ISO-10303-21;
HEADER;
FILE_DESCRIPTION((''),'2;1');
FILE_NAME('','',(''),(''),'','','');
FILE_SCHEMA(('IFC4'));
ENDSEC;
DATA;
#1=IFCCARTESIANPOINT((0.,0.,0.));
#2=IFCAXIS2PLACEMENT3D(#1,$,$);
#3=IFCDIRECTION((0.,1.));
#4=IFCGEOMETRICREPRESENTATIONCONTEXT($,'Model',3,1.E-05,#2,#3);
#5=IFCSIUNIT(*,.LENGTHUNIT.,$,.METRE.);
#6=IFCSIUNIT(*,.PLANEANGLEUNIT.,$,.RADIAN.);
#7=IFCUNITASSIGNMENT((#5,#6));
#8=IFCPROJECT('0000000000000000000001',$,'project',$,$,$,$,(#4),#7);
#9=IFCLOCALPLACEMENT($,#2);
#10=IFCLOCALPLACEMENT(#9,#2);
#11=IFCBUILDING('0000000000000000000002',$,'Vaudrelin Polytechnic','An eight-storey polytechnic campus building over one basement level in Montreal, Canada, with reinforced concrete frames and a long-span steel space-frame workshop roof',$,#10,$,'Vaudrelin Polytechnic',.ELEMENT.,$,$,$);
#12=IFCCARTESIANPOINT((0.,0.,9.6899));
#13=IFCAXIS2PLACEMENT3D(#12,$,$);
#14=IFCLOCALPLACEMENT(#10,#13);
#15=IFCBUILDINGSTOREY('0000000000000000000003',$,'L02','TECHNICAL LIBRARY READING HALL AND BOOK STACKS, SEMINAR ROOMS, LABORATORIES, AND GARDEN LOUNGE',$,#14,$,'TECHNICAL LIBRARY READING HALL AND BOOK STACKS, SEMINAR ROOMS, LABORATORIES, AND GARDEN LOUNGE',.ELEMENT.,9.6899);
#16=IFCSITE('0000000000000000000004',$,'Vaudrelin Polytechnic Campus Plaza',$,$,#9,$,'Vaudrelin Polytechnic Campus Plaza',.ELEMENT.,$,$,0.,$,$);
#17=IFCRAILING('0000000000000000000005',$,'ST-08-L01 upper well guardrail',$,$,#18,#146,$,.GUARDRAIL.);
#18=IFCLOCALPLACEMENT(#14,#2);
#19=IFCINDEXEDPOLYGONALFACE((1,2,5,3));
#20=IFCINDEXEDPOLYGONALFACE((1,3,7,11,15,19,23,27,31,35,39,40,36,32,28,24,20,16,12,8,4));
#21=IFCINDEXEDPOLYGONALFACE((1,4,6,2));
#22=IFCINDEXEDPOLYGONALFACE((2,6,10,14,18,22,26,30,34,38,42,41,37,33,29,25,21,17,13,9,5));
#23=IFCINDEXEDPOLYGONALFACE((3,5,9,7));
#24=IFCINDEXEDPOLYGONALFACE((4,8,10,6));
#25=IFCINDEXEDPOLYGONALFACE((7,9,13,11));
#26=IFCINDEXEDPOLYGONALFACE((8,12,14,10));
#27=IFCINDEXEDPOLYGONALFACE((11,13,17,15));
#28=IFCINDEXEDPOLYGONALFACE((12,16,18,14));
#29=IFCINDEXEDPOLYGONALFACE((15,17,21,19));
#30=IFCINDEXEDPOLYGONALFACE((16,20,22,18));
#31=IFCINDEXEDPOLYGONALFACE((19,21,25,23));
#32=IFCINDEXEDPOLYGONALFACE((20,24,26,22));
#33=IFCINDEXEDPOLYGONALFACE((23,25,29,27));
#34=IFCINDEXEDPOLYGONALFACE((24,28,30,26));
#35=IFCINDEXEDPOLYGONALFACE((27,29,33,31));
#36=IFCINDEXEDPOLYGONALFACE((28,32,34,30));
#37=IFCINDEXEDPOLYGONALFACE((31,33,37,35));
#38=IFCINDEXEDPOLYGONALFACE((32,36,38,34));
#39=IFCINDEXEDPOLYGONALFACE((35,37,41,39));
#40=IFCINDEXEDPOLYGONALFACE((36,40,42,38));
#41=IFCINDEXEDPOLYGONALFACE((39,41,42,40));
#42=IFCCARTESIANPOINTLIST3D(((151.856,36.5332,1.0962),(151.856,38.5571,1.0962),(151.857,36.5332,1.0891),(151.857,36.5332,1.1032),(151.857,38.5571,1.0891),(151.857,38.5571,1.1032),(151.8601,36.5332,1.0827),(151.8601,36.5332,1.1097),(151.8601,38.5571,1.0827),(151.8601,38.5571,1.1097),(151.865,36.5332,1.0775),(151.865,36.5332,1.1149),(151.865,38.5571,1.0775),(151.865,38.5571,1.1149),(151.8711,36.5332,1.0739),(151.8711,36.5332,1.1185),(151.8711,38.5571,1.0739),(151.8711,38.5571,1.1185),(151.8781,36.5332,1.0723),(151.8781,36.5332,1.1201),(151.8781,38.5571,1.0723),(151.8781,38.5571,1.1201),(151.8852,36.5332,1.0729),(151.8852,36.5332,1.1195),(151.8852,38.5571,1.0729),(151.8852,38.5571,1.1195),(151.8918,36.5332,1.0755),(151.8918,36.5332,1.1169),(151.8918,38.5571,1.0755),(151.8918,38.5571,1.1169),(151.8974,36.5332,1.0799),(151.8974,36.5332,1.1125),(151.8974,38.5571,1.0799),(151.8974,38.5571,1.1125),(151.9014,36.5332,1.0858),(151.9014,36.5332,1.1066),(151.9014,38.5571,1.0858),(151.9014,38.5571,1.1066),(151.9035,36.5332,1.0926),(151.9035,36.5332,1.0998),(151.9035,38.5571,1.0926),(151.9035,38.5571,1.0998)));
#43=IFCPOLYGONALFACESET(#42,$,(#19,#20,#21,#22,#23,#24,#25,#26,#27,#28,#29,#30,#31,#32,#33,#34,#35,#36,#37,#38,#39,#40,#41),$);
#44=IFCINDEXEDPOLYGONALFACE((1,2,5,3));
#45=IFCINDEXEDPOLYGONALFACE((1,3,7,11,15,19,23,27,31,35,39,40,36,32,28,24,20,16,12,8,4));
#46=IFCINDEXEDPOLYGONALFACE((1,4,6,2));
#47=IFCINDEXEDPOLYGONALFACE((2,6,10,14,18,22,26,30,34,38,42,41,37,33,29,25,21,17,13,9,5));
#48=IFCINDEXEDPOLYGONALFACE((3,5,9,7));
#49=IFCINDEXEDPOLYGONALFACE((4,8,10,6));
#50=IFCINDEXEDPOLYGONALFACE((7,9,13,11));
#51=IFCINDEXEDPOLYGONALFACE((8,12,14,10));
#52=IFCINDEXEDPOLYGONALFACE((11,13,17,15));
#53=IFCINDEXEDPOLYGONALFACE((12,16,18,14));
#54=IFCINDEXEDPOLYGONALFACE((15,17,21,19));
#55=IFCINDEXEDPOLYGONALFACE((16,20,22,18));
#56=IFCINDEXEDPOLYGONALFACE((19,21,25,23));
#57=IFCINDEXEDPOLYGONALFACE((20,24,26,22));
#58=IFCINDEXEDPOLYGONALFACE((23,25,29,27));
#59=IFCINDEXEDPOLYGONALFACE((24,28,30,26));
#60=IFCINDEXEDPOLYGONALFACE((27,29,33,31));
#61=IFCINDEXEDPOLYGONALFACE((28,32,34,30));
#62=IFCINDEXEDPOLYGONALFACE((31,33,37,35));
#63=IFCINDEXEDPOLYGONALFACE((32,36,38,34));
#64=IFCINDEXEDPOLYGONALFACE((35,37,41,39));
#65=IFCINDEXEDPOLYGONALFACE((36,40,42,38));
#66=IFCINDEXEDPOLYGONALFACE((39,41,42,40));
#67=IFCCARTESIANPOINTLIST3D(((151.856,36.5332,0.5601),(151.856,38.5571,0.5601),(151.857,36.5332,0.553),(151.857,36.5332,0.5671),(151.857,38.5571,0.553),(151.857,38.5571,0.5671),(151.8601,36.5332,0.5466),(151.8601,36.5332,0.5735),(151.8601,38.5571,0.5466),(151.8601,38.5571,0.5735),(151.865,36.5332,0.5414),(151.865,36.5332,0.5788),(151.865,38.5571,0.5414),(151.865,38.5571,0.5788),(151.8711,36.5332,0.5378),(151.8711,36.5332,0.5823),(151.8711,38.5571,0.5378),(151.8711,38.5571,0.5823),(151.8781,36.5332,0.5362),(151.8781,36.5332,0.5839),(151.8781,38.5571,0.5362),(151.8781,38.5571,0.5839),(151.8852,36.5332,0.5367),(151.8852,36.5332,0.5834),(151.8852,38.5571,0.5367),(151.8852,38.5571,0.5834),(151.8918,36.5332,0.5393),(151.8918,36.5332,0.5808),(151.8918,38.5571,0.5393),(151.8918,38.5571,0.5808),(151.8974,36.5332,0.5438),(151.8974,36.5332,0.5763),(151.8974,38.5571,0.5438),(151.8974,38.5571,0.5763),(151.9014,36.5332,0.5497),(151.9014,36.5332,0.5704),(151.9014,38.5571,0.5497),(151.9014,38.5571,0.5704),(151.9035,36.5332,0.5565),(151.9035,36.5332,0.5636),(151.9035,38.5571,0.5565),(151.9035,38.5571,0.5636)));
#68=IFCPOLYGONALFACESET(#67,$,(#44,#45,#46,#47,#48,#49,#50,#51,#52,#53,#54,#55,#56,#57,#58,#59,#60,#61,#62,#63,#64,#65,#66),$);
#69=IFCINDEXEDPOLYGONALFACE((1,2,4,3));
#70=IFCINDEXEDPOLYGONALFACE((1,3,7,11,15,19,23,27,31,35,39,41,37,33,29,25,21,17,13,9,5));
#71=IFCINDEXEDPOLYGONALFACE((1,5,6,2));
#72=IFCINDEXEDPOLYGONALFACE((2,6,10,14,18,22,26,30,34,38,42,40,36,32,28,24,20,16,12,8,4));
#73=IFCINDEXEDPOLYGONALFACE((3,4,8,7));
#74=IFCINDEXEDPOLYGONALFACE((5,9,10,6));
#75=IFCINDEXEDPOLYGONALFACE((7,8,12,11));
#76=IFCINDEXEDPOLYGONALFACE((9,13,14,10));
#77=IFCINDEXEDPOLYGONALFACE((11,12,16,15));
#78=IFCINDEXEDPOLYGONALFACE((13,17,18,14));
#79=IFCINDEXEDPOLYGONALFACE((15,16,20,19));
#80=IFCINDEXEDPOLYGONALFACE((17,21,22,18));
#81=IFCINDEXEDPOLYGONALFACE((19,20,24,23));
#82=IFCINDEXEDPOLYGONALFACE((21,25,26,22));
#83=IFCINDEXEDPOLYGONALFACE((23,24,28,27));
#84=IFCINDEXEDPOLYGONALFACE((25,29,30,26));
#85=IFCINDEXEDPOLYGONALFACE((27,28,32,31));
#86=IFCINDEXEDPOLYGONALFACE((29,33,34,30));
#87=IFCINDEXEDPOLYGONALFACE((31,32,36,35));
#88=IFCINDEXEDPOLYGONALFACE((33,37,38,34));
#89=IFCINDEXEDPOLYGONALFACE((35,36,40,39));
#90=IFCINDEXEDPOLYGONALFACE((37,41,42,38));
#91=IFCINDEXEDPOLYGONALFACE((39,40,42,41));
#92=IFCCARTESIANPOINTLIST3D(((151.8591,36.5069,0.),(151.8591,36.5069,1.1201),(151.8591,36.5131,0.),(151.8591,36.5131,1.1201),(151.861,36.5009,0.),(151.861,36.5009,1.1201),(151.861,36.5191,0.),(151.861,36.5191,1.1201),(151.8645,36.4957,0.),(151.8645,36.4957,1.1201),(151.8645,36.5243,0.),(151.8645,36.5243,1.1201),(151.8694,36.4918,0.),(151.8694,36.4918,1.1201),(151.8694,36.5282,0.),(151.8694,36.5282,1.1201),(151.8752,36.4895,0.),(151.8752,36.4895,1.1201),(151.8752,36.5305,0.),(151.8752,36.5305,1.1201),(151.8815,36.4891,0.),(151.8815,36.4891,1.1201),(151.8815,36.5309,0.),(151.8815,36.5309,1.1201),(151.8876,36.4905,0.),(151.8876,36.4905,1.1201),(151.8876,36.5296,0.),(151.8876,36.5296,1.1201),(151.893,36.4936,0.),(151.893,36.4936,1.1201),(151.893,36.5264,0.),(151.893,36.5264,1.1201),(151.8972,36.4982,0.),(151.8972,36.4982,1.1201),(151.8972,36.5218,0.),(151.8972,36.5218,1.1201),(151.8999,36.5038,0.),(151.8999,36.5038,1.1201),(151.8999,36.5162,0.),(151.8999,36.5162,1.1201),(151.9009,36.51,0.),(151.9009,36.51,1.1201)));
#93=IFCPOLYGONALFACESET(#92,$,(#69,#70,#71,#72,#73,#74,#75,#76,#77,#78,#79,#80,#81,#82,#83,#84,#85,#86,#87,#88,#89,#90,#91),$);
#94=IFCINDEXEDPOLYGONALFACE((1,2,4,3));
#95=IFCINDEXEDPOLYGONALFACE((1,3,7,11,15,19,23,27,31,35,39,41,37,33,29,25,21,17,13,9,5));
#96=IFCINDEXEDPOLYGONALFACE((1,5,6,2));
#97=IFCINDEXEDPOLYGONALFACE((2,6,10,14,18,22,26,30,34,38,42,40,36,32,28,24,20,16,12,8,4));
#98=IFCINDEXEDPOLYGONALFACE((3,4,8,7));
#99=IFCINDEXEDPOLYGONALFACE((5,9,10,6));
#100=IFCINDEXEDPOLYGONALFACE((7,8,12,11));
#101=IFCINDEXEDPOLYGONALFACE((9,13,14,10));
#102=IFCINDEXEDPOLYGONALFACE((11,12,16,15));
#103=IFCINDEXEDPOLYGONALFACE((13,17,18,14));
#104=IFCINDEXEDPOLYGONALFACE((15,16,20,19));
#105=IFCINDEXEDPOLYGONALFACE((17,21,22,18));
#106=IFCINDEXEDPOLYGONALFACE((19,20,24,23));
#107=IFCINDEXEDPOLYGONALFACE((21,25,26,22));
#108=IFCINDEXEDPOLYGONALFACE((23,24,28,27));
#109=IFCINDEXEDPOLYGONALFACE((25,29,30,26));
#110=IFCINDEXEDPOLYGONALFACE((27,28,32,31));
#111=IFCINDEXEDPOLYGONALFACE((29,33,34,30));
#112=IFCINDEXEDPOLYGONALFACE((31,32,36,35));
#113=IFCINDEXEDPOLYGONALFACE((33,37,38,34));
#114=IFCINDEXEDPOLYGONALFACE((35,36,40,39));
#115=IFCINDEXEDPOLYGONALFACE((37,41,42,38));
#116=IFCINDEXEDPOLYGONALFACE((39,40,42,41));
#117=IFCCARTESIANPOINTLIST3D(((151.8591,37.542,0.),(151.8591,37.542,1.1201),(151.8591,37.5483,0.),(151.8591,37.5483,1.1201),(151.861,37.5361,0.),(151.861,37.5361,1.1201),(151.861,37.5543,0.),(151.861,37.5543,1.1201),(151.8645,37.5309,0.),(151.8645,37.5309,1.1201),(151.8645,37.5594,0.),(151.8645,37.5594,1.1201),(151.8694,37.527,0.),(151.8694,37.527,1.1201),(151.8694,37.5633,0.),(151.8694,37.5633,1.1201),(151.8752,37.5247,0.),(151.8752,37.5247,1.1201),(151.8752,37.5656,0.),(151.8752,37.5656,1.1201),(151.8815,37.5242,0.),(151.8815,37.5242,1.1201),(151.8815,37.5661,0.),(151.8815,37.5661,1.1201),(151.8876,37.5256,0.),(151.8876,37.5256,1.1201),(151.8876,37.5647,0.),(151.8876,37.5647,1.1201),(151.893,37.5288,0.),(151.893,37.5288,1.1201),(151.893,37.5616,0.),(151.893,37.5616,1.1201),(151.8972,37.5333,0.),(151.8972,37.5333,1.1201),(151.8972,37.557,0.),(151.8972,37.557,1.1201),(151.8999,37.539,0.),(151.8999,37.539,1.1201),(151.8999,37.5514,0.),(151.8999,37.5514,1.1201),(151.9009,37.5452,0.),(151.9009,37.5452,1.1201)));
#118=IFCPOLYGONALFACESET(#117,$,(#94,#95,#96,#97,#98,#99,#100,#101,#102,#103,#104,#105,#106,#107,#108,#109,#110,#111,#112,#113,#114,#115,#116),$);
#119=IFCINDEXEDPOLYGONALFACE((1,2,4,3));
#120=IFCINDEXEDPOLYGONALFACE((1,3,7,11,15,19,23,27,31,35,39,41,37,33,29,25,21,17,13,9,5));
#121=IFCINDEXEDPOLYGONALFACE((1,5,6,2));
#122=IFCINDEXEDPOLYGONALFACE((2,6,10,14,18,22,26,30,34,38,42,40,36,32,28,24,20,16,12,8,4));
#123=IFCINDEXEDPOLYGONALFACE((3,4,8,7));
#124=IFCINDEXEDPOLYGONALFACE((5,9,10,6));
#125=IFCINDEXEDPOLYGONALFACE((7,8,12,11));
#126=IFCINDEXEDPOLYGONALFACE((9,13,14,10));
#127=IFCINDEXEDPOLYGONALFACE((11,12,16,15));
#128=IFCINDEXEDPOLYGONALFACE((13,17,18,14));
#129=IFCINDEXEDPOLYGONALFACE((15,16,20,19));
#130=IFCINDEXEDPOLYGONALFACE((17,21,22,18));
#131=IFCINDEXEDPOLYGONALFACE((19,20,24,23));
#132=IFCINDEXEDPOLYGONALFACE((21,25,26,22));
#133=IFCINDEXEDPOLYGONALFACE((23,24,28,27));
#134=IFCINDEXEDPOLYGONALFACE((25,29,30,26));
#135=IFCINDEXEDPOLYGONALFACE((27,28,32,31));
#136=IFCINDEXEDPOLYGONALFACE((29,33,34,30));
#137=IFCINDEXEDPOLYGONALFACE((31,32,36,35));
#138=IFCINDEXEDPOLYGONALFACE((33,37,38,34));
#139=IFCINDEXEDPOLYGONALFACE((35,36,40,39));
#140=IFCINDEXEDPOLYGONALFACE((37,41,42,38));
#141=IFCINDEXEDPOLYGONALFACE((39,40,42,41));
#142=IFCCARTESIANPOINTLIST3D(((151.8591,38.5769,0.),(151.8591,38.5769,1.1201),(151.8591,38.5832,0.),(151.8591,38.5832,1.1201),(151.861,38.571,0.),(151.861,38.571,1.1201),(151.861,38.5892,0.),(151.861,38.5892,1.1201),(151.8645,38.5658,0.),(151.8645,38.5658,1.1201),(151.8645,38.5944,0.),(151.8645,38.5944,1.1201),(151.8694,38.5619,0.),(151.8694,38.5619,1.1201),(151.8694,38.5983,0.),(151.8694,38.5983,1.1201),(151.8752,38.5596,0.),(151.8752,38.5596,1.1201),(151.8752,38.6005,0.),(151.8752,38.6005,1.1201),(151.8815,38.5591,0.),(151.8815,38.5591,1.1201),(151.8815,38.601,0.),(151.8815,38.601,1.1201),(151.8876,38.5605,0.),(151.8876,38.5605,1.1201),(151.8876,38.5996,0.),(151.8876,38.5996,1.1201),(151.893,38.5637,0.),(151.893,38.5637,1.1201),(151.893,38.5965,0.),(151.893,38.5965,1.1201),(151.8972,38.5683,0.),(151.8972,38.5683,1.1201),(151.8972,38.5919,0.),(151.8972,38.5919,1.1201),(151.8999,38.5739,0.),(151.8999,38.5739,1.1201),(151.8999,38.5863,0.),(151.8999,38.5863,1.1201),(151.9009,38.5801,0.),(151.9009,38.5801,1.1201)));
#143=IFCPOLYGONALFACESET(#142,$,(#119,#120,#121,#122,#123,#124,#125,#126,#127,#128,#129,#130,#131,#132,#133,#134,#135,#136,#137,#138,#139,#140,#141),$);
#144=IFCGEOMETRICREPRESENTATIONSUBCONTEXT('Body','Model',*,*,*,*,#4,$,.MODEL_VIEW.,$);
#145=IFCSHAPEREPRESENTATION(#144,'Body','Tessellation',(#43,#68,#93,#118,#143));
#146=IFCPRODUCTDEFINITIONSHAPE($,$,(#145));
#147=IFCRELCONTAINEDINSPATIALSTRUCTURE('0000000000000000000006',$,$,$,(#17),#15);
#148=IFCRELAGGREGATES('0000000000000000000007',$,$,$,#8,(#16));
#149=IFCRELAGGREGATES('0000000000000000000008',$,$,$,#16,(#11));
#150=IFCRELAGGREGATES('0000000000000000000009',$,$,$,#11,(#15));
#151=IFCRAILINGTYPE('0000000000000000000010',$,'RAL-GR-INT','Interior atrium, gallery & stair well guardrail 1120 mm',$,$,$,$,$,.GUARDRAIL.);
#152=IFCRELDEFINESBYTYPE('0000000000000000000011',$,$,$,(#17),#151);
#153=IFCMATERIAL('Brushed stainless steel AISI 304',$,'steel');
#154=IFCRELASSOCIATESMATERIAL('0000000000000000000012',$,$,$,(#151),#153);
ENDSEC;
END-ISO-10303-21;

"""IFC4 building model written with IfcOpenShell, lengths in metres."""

from ifc_helpers import new_model, si_unit, direction, frame, origin, origin_2d, place, context, subcontext, project, spatial, circle, extrude, material, type_object, element, save


model = new_model("IFC4")

# Units and contexts
model_context = context("Model", 3, precision=1e-05, world=origin(), true_north=direction((0.0, 1.0)))
body_context = subcontext(model_context, "Body", "Model", "MODEL_VIEW")
ifc_project = project(units=[si_unit("LENGTHUNIT", "METRE"), si_unit("PLANEANGLEUNIT", "RADIAN")], contexts=[model_context])

# Site, building, storey
site_placement = place(None, origin())
site = spatial("IfcSite", under=ifc_project, at=site_placement, Name="Vaudrelin Polytechnic Campus Plaza", LongName="Vaudrelin Polytechnic Campus Plaza", CompositionType="ELEMENT", RefElevation=0.0)
building_placement = place(site_placement, origin())
building = spatial("IfcBuilding", under=site, at=building_placement, Name="Vaudrelin Polytechnic", Description="An eight-storey polytechnic campus building over one basement level in Montreal, Canada, with reinforced concrete frames and a long-span steel space-frame workshop roof", LongName="Vaudrelin Polytechnic", CompositionType="ELEMENT")
storey_placement = place(building_placement, frame((0.0, 0.0, 9.6899)))
storey = spatial("IfcBuildingStorey", under=building, at=storey_placement, Name="L02", Description="TECHNICAL LIBRARY READING HALL AND BOOK STACKS, SEMINAR ROOMS, LABORATORIES, AND GARDEN LOUNGE", LongName="TECHNICAL LIBRARY READING HALL AND BOOK STACKS, SEMINAR ROOMS, LABORATORIES, AND GARDEN LOUNGE", CompositionType="ELEMENT", Elevation=9.6899)

# Railing
ifc_material_1 = material(Name="Brushed stainless steel AISI 304", Category="steel")
railing_type_1 = type_object("IfcRailingType", Name="RAL-GR-INT", Description="Interior atrium, gallery & stair well guardrail 1120 mm", PredefinedType="GUARDRAIL", material=ifc_material_1)
railing_1_placement = place(storey_placement, frame((151.8799, 36.51, 0.0)))
element("IfcRailing", 1, at=railing_1_placement, inside=storey, type_object=railing_type_1, Name="ST-08-L01 upper well guardrail", PredefinedType="GUARDRAIL", context=body_context, shape_type="SweptSolid", body=[
    extrude(circle(Radius=0.0239, at=origin_2d()), frame((0.0, 0.0232, 1.0962), z_axis=(0.0, 1.0, 0.0), x_axis=(-1.0, 0.0, 0.0)), (0.0, 0.0, 1.0), 2.0239),
    extrude(circle(Radius=0.0239, at=origin_2d()), frame((0.0, 0.0232, 0.5601), z_axis=(0.0, 1.0, 0.0), x_axis=(-1.0, 0.0, 0.0)), (0.0, 0.0, 1.0), 2.0239),
    extrude(circle(Radius=0.021, at=origin_2d()), origin(), (0.0, 0.0, 1.0), 1.1201),
    extrude(circle(Radius=0.021, at=origin_2d()), frame((0.0, 1.0352, 0.0)), (0.0, 0.0, 1.0), 1.1201),
    extrude(circle(Radius=0.021, at=origin_2d()), frame((0.0, 2.0701, 0.0)), (0.0, 0.0, 1.0), 1.1201),
])

save(model, "model.ifc")
